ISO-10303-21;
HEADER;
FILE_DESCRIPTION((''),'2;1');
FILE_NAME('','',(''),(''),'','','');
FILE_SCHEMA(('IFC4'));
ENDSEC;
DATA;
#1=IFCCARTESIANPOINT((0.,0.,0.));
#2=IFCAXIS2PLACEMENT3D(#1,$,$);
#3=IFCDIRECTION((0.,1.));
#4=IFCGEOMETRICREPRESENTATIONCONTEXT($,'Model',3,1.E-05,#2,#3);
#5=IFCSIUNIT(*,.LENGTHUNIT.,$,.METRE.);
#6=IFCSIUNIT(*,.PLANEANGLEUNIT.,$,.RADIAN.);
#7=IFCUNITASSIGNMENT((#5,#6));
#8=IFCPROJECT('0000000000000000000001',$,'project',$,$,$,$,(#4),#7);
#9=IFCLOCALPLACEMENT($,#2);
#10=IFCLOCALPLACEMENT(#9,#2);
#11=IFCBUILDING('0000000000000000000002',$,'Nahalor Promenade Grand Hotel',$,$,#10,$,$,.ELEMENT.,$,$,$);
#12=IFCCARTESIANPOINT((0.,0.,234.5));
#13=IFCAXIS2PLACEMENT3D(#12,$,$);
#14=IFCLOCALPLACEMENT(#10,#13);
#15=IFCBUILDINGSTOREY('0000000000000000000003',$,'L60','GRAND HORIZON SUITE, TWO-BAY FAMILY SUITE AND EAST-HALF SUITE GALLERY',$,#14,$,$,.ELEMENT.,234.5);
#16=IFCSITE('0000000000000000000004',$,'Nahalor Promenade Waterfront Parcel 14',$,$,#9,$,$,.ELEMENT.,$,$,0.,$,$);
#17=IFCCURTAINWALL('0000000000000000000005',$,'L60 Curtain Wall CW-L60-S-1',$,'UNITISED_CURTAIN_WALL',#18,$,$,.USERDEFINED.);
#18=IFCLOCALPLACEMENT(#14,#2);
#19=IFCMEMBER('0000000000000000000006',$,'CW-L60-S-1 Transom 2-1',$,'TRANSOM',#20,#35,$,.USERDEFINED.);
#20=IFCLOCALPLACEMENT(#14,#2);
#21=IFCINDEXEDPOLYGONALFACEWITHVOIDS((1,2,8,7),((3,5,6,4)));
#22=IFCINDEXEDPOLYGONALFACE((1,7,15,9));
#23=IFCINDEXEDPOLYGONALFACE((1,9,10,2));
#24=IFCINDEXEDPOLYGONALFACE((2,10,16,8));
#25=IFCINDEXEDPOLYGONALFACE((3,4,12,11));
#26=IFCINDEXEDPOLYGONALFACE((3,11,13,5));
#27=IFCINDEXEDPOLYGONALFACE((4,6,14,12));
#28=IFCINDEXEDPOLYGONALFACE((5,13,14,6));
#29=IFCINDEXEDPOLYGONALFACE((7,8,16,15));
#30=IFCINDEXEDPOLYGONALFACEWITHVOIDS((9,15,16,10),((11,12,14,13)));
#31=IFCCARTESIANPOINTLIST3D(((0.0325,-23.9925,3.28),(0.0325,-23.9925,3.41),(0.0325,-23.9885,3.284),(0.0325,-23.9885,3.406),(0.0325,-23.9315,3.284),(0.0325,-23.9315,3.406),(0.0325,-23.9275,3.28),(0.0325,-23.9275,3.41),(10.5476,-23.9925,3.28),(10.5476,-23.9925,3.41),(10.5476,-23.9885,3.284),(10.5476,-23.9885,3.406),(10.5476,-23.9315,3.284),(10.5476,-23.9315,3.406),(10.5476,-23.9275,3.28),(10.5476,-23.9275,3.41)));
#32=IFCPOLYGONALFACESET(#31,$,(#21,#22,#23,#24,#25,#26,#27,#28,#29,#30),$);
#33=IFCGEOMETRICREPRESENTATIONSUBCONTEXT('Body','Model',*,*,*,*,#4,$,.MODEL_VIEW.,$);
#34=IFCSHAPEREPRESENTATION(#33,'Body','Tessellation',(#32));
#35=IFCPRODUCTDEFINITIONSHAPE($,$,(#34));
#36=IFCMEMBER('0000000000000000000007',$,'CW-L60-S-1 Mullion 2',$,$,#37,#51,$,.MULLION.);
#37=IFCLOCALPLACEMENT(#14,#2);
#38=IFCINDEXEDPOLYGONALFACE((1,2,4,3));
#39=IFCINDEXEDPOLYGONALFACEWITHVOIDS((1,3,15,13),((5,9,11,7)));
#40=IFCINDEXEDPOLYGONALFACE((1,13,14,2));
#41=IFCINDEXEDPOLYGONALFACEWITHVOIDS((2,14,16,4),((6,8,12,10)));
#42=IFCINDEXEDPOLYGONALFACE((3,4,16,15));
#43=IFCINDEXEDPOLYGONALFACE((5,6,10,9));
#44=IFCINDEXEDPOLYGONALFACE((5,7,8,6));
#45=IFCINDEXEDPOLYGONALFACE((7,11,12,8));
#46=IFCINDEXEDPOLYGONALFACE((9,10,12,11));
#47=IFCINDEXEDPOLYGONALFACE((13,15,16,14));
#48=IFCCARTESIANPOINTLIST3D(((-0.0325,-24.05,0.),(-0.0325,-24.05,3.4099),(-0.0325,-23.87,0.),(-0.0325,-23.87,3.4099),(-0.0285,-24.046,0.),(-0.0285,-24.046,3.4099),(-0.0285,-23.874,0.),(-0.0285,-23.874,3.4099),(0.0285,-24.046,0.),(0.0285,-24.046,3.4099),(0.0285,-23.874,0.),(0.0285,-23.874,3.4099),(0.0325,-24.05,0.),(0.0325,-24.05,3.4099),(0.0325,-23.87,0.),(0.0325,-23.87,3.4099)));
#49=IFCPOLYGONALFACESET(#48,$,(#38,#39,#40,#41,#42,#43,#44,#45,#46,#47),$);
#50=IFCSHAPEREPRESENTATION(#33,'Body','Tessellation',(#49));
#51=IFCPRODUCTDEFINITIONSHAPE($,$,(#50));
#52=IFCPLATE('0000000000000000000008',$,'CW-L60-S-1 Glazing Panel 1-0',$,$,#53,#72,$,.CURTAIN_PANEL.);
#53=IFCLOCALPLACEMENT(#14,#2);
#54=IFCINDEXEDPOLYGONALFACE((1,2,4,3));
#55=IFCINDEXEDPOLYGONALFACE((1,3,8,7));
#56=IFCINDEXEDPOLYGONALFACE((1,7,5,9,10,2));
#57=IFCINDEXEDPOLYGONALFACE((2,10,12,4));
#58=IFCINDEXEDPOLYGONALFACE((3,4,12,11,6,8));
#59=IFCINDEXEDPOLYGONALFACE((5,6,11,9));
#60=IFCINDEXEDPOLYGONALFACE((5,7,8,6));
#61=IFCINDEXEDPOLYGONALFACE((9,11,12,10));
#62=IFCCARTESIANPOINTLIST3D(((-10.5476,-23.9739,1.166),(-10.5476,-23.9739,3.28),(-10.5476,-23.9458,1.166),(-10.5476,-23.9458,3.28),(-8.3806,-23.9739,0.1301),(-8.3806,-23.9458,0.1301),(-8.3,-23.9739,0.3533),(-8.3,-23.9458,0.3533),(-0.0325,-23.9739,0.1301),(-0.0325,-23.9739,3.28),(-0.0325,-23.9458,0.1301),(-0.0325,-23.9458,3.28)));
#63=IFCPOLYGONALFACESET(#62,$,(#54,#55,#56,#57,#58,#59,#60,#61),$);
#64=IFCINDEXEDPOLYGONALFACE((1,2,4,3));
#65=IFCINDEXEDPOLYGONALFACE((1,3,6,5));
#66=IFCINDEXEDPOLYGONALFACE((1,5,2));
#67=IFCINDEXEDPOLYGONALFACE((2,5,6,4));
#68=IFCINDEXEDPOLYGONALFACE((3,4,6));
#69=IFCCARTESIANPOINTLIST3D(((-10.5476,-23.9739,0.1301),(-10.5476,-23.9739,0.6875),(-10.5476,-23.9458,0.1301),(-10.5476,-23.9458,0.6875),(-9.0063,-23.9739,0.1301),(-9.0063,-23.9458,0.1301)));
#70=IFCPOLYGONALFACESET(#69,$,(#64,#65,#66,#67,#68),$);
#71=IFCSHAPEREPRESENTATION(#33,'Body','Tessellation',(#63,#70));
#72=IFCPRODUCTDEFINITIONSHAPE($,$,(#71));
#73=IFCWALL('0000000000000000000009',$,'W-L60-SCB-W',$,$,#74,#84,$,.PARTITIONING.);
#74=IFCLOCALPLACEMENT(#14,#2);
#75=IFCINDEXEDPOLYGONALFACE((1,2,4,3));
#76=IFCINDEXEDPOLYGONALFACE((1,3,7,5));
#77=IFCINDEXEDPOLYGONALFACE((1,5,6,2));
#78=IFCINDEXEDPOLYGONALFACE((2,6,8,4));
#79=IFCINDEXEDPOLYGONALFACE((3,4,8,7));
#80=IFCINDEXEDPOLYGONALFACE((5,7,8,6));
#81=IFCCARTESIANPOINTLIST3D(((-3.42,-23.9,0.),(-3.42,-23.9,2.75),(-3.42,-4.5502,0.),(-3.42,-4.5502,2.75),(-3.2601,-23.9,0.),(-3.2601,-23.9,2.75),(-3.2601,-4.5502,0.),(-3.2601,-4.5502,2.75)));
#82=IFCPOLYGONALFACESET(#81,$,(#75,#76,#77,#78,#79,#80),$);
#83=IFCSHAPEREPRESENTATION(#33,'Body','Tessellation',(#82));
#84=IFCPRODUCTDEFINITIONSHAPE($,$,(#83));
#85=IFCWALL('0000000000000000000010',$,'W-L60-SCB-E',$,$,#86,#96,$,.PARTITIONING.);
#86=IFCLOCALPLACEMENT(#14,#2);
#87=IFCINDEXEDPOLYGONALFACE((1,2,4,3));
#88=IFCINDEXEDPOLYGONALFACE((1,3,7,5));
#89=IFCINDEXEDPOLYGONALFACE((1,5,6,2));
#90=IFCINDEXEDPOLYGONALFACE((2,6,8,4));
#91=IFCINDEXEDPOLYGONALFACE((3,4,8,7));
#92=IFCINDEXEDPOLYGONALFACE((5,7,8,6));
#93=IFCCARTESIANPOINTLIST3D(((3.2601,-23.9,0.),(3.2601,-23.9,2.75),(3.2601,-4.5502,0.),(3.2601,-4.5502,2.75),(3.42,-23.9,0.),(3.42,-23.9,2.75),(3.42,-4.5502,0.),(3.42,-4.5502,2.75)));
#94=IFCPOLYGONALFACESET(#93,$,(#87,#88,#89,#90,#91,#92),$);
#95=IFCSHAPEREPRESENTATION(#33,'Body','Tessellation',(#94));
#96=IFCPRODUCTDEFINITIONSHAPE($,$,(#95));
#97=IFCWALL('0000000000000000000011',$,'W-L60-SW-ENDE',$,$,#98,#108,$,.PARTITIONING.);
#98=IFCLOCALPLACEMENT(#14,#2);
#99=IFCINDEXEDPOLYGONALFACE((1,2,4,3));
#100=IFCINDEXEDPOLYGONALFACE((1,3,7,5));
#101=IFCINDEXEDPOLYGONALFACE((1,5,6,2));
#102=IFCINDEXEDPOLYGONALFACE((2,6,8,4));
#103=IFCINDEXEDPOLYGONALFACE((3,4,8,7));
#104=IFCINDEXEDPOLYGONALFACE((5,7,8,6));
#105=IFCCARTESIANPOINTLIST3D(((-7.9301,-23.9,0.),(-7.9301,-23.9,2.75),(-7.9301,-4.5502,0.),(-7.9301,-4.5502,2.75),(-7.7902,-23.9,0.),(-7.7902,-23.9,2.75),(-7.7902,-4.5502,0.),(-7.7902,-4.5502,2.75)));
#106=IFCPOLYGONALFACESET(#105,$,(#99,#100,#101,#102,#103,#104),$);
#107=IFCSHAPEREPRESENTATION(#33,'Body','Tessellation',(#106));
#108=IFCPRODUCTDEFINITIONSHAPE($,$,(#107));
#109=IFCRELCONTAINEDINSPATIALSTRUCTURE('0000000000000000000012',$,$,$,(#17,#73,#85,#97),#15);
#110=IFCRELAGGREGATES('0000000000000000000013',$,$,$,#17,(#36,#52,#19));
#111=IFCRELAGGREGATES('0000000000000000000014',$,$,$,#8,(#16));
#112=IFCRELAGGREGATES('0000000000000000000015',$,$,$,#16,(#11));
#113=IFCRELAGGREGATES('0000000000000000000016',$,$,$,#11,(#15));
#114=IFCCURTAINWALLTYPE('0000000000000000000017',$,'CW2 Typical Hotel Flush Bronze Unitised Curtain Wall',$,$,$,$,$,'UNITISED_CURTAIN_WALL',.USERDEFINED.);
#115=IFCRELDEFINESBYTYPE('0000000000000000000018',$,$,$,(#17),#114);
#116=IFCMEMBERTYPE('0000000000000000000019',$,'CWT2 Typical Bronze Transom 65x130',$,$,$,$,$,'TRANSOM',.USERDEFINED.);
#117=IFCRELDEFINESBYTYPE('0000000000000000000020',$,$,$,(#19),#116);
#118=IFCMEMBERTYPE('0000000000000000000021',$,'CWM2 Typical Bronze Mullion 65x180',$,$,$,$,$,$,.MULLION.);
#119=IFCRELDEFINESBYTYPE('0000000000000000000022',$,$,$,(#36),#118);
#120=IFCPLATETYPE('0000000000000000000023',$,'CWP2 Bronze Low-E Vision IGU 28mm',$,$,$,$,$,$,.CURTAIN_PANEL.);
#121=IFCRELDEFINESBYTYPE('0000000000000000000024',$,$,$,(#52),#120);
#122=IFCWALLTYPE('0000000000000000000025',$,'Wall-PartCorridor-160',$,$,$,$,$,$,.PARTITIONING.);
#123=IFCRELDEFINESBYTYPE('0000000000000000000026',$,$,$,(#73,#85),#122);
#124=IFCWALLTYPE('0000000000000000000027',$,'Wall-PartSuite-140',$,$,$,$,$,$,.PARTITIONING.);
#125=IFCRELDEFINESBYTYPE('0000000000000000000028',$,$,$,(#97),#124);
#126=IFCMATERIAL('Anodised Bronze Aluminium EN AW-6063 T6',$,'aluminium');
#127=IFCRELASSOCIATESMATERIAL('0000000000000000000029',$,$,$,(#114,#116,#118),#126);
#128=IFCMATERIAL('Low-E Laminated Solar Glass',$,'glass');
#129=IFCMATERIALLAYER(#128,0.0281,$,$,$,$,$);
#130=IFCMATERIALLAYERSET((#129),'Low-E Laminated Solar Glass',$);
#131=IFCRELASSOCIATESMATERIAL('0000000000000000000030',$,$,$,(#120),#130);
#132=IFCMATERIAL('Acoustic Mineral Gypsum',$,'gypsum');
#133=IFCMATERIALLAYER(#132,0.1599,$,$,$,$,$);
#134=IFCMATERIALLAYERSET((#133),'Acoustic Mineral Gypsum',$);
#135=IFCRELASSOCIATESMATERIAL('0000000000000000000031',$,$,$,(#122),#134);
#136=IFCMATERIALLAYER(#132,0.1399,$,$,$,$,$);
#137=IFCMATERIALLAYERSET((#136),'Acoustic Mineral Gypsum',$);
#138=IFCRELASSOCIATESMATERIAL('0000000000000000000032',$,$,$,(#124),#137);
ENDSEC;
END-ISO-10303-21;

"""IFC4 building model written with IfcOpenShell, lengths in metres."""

from ifc_helpers import new_model, si_unit, direction, frame, frame_2d, origin, origin_2d, place, context, subcontext, project, spatial, polyline, rectangle, hollow_rectangle, outline, extrude, source, transform, mapped, material, layer, layer_set, material_profile, profile_set, type_object, element, aggregate, save


model = new_model("IFC4")

# Units and contexts
model_context = context("Model", 3, precision=1e-05, world=origin(), true_north=direction((0.0, 1.0)))
body_context = subcontext(model_context, "Body", "Model", "MODEL_VIEW")
ifc_project = project(units=[si_unit("LENGTHUNIT", "METRE"), si_unit("PLANEANGLEUNIT", "RADIAN")], contexts=[model_context])

# Site, building, storey
site_placement = place(None, origin())
site = spatial("IfcSite", under=ifc_project, at=site_placement, Name="Nahalor Promenade Waterfront Parcel 14", CompositionType="ELEMENT", RefElevation=0.0)
building_placement = place(site_placement, origin())
building = spatial("IfcBuilding", under=site, at=building_placement, Name="Nahalor Promenade Grand Hotel", CompositionType="ELEMENT")
storey_placement = place(building_placement, frame((0.0, 0.0, 234.5)))
storey = spatial("IfcBuildingStorey", under=building, at=storey_placement, Name="L60", Description="GRAND HORIZON SUITE, TWO-BAY FAMILY SUITE AND EAST-HALF SUITE GALLERY", CompositionType="ELEMENT", Elevation=234.5)

# Curtain wall, members, plate
ifc_material_1 = material(Name="Anodised Bronze Aluminium EN AW-6063 T6", Category="aluminium")
curtain_wall_type = type_object("IfcCurtainWallType", Name="CW2 Typical Hotel Flush Bronze Unitised Curtain Wall", ElementType="UNITISED_CURTAIN_WALL", PredefinedType="USERDEFINED", material=ifc_material_1)
curtain_wall_placement = place(storey_placement, origin())
curtain_wall = element("IfcCurtainWall", 1, at=curtain_wall_placement, inside=storey, type_object=curtain_wall_type, Name="L60 Curtain Wall CW-L60-S-1", ObjectType="UNITISED_CURTAIN_WALL", PredefinedType="USERDEFINED")
ifc_material_profile_1 = material_profile(ifc_material_1, hollow_rectangle(XDim=0.065, YDim=0.13, WallThickness=0.004, at=origin_2d()), Name="CWT 65x130x4")
ifc_profile_set_1 = profile_set([ifc_material_profile_1], Name="Anodised Bronze Aluminium EN AW-6063 T6")
member_type_1 = type_object("IfcMemberType", Name="CWT2 Typical Bronze Transom 65x130", ElementType="TRANSOM", PredefinedType="USERDEFINED", material=ifc_profile_set_1)
shared_shape_1 = source(origin(), body_context, "Body", "SweptSolid", [
    extrude(hollow_rectangle(XDim=0.065, YDim=0.13, WallThickness=0.004, at=origin_2d()), origin(), (0.0, 0.0, 1.0), 10.5151),
])
member_1_placement = place(storey_placement, frame((0.0325, -23.96, 3.345), z_axis=(1.0, 0.0, 0.0), x_axis=(0.0, 1.0, 0.0)))
member_1 = element("IfcMember", 2, at=member_1_placement, type_object=member_type_1, Name="CW-L60-S-1 Transom 2-1", ObjectType="TRANSOM", PredefinedType="USERDEFINED", context=body_context, shape_type="MappedRepresentation", body=[
    mapped(shared_shape_1, transform((0.0, 0.0, 0.0), scale=1.0)),
])
ifc_material_profile_2 = material_profile(ifc_material_1, hollow_rectangle(XDim=0.065, YDim=0.18, WallThickness=0.004, at=origin_2d()), Name="CWM 65x180x4")
ifc_profile_set_2 = profile_set([ifc_material_profile_2], Name="Anodised Bronze Aluminium EN AW-6063 T6")
member_type_2 = type_object("IfcMemberType", Name="CWM2 Typical Bronze Mullion 65x180", PredefinedType="MULLION", material=ifc_profile_set_2)
shared_shape_2 = source(origin(), body_context, "Body", "SweptSolid", [
    extrude(hollow_rectangle(XDim=0.065, YDim=0.18, WallThickness=0.004, at=origin_2d()), origin(), (0.0, 0.0, 1.0), 3.4099),
])
member_2_placement = place(storey_placement, frame((0.0, -23.96, 0.0), z_axis=(0.0, 0.0, 1.0), x_axis=(1.0, 0.0, 0.0)))
member_2 = element("IfcMember", 3, at=member_2_placement, type_object=member_type_2, Name="CW-L60-S-1 Mullion 2", PredefinedType="MULLION", context=body_context, shape_type="MappedRepresentation", body=[
    mapped(shared_shape_2, transform((0.0, 0.0, 0.0), scale=1.0)),
])
ifc_material_2 = material(Name="Low-E Laminated Solar Glass", Category="glass")
ifc_layer_1 = layer(ifc_material_2, 0.0281)
ifc_layer_set_1 = layer_set([ifc_layer_1], Name="Low-E Laminated Solar Glass")
plate_type = type_object("IfcPlateType", Name="CWP2 Bronze Low-E Vision IGU 28mm", PredefinedType="CURTAIN_PANEL", material=ifc_layer_set_1)
plate_placement = place(storey_placement, frame((-5.29, -23.96, 0.1301), z_axis=(0.0, 0.0, 1.0), x_axis=(1.0, 0.0, 0.0)))
plate = element("IfcPlate", 4, at=plate_placement, type_object=plate_type, Name="CW-L60-S-1 Glazing Panel 1-0", PredefinedType="CURTAIN_PANEL", context=body_context, shape_type="SweptSolid", body=[
    extrude(outline(polyline([(5.2576, 3.1499), (-5.2576, 3.1499), (-5.2576, 1.0359), (-3.01, 0.2231), (-3.0906, 0.0), (5.2576, 0.0), (5.2576, 3.1499)])), frame((0.0, 0.0142, 0.0), z_axis=(0.0, -1.0, 0.0), x_axis=(1.0, 0.0, 0.0)), (0.0, 0.0, 1.0), 0.0281),
    extrude(outline(polyline([(-5.2576, 0.5574), (-5.2576, 0.0), (-3.7163, 0.0), (-5.2576, 0.5574)])), frame((0.0, 0.0142, 0.0), z_axis=(0.0, -1.0, 0.0), x_axis=(1.0, 0.0, 0.0)), (0.0, 0.0, 1.0), 0.0281),
])
aggregate(curtain_wall, [member_2, plate, member_1])

# Walls
ifc_material_3 = material(Name="Acoustic Mineral Gypsum", Category="gypsum")
ifc_layer_2 = layer(ifc_material_3, 0.1599)
ifc_layer_set_2 = layer_set([ifc_layer_2], Name="Acoustic Mineral Gypsum")
wall_type_1 = type_object("IfcWallType", Name="Wall-PartCorridor-160", PredefinedType="PARTITIONING", material=ifc_layer_set_2)
shared_shape_3 = source(origin(), body_context, "Body", "SweptSolid", [
    extrude(rectangle(XDim=19.3499, YDim=0.1599, at=frame_2d((9.6748, 0.0))), origin(), (0.0, 0.0, 1.0), 2.75),
])
for number, where, z_axis, x_axis, name in (
    (5, (-3.3401, -23.8999, 0.0), (0.0, 0.0, 1.0), (0.0, 1.0, 0.0), "W-L60-SCB-W"),
    (6, (3.3401, -23.8999, 0.0), (0.0, 0.0, 1.0), (0.0, 1.0, 0.0), "W-L60-SCB-E"),
):
    element("IfcWall", number, at=place(storey_placement, frame(where, z_axis=z_axis, x_axis=x_axis)), inside=storey, type_object=wall_type_1, Name=name, PredefinedType="PARTITIONING", context=body_context, shape_type="MappedRepresentation", body=[
        mapped(shared_shape_3, transform((0.0, 0.0, 0.0), scale=1.0)),
    ])
ifc_layer_3 = layer(ifc_material_3, 0.1399)
ifc_layer_set_3 = layer_set([ifc_layer_3], Name="Acoustic Mineral Gypsum")
wall_type_2 = type_object("IfcWallType", Name="Wall-PartSuite-140", PredefinedType="PARTITIONING", material=ifc_layer_set_3)
shared_shape_4 = source(origin(), body_context, "Body", "SweptSolid", [
    extrude(rectangle(XDim=19.3499, YDim=0.1399, at=frame_2d((9.6748, 0.0))), origin(), (0.0, 0.0, 1.0), 2.75),
])
wall_placement = place(storey_placement, frame((-7.8601, -23.8999, 0.0), z_axis=(0.0, 0.0, 1.0), x_axis=(0.0, 1.0, 0.0)))
element("IfcWall", 7, at=wall_placement, inside=storey, type_object=wall_type_2, Name="W-L60-SW-ENDE", PredefinedType="PARTITIONING", context=body_context, shape_type="MappedRepresentation", body=[
    mapped(shared_shape_4, transform((0.0, 0.0, 0.0), scale=1.0)),
])

save(model, "model.ifc")
